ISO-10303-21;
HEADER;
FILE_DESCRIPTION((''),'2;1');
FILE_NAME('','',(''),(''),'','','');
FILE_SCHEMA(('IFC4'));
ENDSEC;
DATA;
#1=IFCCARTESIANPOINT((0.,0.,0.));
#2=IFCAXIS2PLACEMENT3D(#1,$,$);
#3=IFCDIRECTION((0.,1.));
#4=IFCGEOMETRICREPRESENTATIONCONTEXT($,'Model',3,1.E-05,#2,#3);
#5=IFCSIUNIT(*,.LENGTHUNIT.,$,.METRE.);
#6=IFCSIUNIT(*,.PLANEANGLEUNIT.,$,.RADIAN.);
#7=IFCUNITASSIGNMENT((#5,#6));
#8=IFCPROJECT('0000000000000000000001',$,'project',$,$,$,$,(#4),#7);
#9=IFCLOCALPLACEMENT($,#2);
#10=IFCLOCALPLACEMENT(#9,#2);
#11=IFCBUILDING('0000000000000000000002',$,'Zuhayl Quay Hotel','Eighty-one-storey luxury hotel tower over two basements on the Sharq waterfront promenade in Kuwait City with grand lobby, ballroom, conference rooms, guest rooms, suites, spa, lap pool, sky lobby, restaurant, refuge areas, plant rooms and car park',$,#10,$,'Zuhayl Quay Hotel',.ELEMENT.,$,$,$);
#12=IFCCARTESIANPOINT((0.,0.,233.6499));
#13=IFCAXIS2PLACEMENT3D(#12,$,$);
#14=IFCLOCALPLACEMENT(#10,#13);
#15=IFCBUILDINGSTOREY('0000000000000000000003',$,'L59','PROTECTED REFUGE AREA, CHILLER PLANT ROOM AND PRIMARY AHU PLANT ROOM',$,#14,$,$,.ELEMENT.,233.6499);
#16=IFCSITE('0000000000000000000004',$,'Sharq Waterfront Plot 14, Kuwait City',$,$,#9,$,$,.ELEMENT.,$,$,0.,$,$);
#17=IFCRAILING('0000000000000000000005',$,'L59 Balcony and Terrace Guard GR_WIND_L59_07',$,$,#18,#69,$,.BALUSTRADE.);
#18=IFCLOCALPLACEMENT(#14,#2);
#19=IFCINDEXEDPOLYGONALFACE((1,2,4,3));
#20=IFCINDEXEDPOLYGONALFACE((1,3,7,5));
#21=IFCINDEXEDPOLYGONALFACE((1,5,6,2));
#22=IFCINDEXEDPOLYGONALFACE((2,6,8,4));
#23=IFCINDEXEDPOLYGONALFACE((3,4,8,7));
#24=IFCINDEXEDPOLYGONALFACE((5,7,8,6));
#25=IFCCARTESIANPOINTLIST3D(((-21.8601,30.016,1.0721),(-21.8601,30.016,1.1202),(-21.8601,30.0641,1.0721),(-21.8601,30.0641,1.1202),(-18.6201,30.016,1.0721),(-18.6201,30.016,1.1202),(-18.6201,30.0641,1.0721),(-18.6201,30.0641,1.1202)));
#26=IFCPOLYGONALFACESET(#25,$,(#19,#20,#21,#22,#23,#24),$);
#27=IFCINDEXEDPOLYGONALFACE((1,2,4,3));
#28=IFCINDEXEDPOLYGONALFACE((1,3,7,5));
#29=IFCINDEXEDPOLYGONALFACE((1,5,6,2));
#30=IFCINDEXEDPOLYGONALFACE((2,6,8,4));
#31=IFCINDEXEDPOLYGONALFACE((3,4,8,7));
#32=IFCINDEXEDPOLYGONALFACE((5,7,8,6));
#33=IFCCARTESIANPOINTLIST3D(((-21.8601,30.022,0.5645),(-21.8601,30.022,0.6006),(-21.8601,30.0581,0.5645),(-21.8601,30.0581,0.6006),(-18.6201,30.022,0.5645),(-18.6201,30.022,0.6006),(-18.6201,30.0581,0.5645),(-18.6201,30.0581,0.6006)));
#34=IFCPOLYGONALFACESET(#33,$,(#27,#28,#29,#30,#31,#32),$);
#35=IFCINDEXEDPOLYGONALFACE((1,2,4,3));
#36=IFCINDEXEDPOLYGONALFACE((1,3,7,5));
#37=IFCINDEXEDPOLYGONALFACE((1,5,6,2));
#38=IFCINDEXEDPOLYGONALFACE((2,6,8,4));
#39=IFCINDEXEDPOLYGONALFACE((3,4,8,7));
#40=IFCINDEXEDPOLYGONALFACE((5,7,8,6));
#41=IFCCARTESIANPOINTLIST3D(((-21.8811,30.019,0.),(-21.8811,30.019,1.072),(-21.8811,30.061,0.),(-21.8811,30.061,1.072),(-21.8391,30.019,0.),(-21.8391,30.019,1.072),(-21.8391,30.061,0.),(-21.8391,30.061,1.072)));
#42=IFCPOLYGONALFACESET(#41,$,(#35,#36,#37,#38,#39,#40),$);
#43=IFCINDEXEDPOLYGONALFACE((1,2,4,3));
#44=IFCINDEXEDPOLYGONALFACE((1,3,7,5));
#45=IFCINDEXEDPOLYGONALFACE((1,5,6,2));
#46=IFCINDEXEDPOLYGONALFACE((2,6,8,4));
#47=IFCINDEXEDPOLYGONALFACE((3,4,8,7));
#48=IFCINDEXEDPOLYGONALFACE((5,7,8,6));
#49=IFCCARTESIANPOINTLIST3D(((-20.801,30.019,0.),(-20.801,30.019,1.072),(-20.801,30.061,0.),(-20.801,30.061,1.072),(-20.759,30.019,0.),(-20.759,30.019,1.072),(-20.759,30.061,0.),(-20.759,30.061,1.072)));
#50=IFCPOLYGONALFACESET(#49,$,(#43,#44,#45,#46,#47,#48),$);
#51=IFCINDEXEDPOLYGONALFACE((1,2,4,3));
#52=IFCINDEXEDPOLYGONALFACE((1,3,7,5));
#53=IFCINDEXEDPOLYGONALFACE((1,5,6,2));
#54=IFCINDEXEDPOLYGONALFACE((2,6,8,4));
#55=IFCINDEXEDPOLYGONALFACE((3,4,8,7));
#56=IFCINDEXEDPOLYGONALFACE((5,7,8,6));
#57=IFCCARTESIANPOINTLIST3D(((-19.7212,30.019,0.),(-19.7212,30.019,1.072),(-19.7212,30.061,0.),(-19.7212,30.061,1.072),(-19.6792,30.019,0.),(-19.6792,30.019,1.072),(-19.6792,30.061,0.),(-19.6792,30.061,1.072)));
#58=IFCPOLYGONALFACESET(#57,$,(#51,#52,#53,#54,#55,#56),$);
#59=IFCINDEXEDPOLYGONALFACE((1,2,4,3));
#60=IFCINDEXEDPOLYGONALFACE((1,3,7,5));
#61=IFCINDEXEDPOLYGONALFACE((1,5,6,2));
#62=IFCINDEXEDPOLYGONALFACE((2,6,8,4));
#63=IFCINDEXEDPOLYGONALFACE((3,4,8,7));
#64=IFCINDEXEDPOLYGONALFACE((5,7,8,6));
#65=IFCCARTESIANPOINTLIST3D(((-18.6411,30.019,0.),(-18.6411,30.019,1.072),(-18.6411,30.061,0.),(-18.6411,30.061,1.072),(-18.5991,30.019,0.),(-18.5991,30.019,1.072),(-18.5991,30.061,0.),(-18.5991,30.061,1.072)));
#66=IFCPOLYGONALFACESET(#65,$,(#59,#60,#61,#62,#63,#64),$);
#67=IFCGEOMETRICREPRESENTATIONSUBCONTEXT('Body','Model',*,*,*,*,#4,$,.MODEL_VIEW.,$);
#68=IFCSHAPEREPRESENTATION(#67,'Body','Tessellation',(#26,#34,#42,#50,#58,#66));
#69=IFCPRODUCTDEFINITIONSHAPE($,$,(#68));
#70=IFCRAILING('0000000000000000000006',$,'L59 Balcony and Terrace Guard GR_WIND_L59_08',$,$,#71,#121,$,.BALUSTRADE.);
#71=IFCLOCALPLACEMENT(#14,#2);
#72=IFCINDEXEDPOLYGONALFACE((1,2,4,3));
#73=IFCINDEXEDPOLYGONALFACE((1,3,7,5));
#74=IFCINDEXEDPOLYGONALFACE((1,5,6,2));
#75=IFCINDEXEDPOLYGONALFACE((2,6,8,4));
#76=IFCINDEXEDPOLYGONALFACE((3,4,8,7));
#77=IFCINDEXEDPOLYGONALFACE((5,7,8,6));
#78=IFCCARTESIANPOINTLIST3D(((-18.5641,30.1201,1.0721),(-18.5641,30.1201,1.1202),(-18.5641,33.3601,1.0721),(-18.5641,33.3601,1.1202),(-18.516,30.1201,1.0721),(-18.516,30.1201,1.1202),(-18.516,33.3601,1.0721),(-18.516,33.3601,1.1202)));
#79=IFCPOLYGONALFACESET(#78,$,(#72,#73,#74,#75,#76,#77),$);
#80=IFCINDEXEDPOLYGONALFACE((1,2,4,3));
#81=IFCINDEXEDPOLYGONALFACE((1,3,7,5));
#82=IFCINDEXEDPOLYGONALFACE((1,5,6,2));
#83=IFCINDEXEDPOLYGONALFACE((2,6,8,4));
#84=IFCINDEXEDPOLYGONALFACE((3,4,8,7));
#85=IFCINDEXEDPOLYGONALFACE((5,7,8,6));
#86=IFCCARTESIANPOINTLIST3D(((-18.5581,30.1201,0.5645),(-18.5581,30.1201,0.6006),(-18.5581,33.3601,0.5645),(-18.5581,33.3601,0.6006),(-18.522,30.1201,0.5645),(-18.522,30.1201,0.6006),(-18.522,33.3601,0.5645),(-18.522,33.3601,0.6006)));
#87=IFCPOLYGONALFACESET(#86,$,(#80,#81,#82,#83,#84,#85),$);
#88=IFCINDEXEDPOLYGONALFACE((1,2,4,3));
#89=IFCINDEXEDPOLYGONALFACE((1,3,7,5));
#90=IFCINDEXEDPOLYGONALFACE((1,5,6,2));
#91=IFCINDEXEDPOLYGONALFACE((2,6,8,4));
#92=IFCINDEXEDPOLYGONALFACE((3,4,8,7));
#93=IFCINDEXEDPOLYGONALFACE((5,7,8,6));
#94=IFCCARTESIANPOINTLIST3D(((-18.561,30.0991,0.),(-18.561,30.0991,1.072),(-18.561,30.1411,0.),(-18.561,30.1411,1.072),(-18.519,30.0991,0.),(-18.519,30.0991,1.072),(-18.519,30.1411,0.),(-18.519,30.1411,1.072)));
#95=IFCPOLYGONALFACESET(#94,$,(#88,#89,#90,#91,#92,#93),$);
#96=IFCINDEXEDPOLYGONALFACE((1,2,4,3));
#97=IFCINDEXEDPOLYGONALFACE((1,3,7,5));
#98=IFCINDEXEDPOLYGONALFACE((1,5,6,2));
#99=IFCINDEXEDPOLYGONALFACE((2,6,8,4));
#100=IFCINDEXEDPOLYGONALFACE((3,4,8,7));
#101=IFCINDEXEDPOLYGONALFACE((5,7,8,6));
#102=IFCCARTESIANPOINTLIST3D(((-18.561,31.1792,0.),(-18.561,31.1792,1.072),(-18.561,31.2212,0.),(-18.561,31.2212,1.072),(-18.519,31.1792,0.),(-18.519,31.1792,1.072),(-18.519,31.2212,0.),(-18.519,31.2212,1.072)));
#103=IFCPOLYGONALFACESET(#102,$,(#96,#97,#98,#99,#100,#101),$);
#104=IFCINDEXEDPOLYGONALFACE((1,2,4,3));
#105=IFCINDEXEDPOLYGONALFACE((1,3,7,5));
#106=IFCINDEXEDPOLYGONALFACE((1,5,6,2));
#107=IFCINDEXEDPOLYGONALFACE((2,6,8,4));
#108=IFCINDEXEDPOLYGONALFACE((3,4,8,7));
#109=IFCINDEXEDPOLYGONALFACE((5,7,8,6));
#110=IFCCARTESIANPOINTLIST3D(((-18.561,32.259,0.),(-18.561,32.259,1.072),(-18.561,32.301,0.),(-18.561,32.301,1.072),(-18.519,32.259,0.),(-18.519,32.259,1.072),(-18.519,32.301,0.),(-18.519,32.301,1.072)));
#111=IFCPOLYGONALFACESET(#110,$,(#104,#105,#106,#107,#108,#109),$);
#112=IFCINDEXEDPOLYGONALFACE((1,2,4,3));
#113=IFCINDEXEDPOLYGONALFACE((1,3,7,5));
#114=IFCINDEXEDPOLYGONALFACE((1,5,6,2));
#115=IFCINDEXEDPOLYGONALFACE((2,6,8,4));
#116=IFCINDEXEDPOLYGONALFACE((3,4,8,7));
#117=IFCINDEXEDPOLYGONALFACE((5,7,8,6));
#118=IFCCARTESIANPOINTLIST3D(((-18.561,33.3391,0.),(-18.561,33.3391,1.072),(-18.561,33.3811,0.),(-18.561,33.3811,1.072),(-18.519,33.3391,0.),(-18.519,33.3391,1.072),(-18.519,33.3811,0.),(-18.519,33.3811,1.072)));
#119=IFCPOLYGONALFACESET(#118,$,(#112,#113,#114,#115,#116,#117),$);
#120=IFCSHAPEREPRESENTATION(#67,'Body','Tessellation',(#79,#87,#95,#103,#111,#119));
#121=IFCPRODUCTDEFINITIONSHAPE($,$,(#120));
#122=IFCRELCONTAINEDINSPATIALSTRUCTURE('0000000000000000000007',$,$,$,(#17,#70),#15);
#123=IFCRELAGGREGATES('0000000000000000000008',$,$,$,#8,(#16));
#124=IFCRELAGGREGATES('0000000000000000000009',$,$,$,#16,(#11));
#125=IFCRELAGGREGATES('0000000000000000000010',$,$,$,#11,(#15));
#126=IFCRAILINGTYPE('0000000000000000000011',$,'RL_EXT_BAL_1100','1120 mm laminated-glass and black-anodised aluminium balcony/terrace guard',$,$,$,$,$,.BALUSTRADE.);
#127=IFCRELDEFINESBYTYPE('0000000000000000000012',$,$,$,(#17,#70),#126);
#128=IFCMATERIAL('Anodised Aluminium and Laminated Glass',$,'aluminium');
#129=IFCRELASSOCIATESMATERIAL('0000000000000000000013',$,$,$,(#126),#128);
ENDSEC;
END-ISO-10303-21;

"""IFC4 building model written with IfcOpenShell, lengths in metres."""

from ifc_helpers import new_model, si_unit, direction, frame, origin, origin_2d, place, context, subcontext, project, spatial, rectangle, extrude, material, type_object, element, save


model = new_model("IFC4")

# Units and contexts
model_context = context("Model", 3, precision=1e-05, world=origin(), true_north=direction((0.0, 1.0)))
body_context = subcontext(model_context, "Body", "Model", "MODEL_VIEW")
ifc_project = project(units=[si_unit("LENGTHUNIT", "METRE"), si_unit("PLANEANGLEUNIT", "RADIAN")], contexts=[model_context])

# Site, building, storey
site_placement = place(None, origin())
site = spatial("IfcSite", under=ifc_project, at=site_placement, Name="Sharq Waterfront Plot 14, Kuwait City", CompositionType="ELEMENT", RefElevation=0.0)
building_placement = place(site_placement, origin())
building = spatial("IfcBuilding", under=site, at=building_placement, Name="Zuhayl Quay Hotel", Description="Eighty-one-storey luxury hotel tower over two basements on the Sharq waterfront promenade in Kuwait City with grand lobby, ballroom, conference rooms, guest rooms, suites, spa, lap pool, sky lobby, restaurant, refuge areas, plant rooms and car park", LongName="Zuhayl Quay Hotel", CompositionType="ELEMENT")
storey_placement = place(building_placement, frame((0.0, 0.0, 233.6499)))
storey = spatial("IfcBuildingStorey", under=building, at=storey_placement, Name="L59", Description="PROTECTED REFUGE AREA, CHILLER PLANT ROOM AND PRIMARY AHU PLANT ROOM", CompositionType="ELEMENT", Elevation=233.6499)

# Railings
ifc_material_1 = material(Name="Anodised Aluminium and Laminated Glass", Category="aluminium")
railing_type = type_object("IfcRailingType", Name="RL_EXT_BAL_1100", Description="1120 mm laminated-glass and black-anodised aluminium balcony/terrace guard", PredefinedType="BALUSTRADE", material=ifc_material_1)
railing_1_placement = place(storey_placement, frame((-21.8601, 30.04, 0.0)))
element("IfcRailing", 1, at=railing_1_placement, inside=storey, type_object=railing_type, Name="L59 Balcony and Terrace Guard GR_WIND_L59_07", PredefinedType="BALUSTRADE", context=body_context, shape_type="SweptSolid", body=[
    extrude(rectangle(XDim=0.0481, YDim=0.0481, at=origin_2d()), frame((0.0, 0.0, 1.0962), z_axis=(1.0, 0.0, 0.0), x_axis=(0.0, 1.0, 0.0)), (0.0, 0.0, 1.0), 3.24),
    extrude(rectangle(XDim=0.0361, YDim=0.0361, at=origin_2d()), frame((0.0, 0.0, 0.5825), z_axis=(1.0, 0.0, 0.0), x_axis=(0.0, 1.0, 0.0)), (0.0, 0.0, 1.0), 3.24),
    extrude(rectangle(XDim=0.042, YDim=0.042, at=origin_2d()), origin(), (0.0, 0.0, 1.0), 1.072),
    extrude(rectangle(XDim=0.042, YDim=0.042, at=origin_2d()), frame((1.0801, 0.0, 0.0)), (0.0, 0.0, 1.0), 1.072),
    extrude(rectangle(XDim=0.042, YDim=0.042, at=origin_2d()), frame((2.1599, 0.0, 0.0)), (0.0, 0.0, 1.0), 1.072),
    extrude(rectangle(XDim=0.042, YDim=0.042, at=origin_2d()), frame((3.24, 0.0, 0.0)), (0.0, 0.0, 1.0), 1.072),
])
railing_2_placement = place(storey_placement, frame((-18.54, 30.1201, 0.0)))
element("IfcRailing", 2, at=railing_2_placement, inside=storey, type_object=railing_type, Name="L59 Balcony and Terrace Guard GR_WIND_L59_08", PredefinedType="BALUSTRADE", context=body_context, shape_type="SweptSolid", body=[
    extrude(rectangle(XDim=0.0481, YDim=0.0481, at=origin_2d()), frame((0.0, 0.0, 1.0962), z_axis=(0.0, 1.0, 0.0), x_axis=(-1.0, 0.0, 0.0)), (0.0, 0.0, 1.0), 3.24),
    extrude(rectangle(XDim=0.0361, YDim=0.0361, at=origin_2d()), frame((0.0, 0.0, 0.5825), z_axis=(0.0, 1.0, 0.0), x_axis=(-1.0, 0.0, 0.0)), (0.0, 0.0, 1.0), 3.24),
    extrude(rectangle(XDim=0.042, YDim=0.042, at=origin_2d()), origin(), (0.0, 0.0, 1.0), 1.072),
    extrude(rectangle(XDim=0.042, YDim=0.042, at=origin_2d()), frame((0.0, 1.0801, 0.0)), (0.0, 0.0, 1.0), 1.072),
    extrude(rectangle(XDim=0.042, YDim=0.042, at=origin_2d()), frame((0.0, 2.1599, 0.0)), (0.0, 0.0, 1.0), 1.072),
    extrude(rectangle(XDim=0.042, YDim=0.042, at=origin_2d()), frame((0.0, 3.24, 0.0)), (0.0, 0.0, 1.0), 1.072),
])

save(model, "model.ifc")
